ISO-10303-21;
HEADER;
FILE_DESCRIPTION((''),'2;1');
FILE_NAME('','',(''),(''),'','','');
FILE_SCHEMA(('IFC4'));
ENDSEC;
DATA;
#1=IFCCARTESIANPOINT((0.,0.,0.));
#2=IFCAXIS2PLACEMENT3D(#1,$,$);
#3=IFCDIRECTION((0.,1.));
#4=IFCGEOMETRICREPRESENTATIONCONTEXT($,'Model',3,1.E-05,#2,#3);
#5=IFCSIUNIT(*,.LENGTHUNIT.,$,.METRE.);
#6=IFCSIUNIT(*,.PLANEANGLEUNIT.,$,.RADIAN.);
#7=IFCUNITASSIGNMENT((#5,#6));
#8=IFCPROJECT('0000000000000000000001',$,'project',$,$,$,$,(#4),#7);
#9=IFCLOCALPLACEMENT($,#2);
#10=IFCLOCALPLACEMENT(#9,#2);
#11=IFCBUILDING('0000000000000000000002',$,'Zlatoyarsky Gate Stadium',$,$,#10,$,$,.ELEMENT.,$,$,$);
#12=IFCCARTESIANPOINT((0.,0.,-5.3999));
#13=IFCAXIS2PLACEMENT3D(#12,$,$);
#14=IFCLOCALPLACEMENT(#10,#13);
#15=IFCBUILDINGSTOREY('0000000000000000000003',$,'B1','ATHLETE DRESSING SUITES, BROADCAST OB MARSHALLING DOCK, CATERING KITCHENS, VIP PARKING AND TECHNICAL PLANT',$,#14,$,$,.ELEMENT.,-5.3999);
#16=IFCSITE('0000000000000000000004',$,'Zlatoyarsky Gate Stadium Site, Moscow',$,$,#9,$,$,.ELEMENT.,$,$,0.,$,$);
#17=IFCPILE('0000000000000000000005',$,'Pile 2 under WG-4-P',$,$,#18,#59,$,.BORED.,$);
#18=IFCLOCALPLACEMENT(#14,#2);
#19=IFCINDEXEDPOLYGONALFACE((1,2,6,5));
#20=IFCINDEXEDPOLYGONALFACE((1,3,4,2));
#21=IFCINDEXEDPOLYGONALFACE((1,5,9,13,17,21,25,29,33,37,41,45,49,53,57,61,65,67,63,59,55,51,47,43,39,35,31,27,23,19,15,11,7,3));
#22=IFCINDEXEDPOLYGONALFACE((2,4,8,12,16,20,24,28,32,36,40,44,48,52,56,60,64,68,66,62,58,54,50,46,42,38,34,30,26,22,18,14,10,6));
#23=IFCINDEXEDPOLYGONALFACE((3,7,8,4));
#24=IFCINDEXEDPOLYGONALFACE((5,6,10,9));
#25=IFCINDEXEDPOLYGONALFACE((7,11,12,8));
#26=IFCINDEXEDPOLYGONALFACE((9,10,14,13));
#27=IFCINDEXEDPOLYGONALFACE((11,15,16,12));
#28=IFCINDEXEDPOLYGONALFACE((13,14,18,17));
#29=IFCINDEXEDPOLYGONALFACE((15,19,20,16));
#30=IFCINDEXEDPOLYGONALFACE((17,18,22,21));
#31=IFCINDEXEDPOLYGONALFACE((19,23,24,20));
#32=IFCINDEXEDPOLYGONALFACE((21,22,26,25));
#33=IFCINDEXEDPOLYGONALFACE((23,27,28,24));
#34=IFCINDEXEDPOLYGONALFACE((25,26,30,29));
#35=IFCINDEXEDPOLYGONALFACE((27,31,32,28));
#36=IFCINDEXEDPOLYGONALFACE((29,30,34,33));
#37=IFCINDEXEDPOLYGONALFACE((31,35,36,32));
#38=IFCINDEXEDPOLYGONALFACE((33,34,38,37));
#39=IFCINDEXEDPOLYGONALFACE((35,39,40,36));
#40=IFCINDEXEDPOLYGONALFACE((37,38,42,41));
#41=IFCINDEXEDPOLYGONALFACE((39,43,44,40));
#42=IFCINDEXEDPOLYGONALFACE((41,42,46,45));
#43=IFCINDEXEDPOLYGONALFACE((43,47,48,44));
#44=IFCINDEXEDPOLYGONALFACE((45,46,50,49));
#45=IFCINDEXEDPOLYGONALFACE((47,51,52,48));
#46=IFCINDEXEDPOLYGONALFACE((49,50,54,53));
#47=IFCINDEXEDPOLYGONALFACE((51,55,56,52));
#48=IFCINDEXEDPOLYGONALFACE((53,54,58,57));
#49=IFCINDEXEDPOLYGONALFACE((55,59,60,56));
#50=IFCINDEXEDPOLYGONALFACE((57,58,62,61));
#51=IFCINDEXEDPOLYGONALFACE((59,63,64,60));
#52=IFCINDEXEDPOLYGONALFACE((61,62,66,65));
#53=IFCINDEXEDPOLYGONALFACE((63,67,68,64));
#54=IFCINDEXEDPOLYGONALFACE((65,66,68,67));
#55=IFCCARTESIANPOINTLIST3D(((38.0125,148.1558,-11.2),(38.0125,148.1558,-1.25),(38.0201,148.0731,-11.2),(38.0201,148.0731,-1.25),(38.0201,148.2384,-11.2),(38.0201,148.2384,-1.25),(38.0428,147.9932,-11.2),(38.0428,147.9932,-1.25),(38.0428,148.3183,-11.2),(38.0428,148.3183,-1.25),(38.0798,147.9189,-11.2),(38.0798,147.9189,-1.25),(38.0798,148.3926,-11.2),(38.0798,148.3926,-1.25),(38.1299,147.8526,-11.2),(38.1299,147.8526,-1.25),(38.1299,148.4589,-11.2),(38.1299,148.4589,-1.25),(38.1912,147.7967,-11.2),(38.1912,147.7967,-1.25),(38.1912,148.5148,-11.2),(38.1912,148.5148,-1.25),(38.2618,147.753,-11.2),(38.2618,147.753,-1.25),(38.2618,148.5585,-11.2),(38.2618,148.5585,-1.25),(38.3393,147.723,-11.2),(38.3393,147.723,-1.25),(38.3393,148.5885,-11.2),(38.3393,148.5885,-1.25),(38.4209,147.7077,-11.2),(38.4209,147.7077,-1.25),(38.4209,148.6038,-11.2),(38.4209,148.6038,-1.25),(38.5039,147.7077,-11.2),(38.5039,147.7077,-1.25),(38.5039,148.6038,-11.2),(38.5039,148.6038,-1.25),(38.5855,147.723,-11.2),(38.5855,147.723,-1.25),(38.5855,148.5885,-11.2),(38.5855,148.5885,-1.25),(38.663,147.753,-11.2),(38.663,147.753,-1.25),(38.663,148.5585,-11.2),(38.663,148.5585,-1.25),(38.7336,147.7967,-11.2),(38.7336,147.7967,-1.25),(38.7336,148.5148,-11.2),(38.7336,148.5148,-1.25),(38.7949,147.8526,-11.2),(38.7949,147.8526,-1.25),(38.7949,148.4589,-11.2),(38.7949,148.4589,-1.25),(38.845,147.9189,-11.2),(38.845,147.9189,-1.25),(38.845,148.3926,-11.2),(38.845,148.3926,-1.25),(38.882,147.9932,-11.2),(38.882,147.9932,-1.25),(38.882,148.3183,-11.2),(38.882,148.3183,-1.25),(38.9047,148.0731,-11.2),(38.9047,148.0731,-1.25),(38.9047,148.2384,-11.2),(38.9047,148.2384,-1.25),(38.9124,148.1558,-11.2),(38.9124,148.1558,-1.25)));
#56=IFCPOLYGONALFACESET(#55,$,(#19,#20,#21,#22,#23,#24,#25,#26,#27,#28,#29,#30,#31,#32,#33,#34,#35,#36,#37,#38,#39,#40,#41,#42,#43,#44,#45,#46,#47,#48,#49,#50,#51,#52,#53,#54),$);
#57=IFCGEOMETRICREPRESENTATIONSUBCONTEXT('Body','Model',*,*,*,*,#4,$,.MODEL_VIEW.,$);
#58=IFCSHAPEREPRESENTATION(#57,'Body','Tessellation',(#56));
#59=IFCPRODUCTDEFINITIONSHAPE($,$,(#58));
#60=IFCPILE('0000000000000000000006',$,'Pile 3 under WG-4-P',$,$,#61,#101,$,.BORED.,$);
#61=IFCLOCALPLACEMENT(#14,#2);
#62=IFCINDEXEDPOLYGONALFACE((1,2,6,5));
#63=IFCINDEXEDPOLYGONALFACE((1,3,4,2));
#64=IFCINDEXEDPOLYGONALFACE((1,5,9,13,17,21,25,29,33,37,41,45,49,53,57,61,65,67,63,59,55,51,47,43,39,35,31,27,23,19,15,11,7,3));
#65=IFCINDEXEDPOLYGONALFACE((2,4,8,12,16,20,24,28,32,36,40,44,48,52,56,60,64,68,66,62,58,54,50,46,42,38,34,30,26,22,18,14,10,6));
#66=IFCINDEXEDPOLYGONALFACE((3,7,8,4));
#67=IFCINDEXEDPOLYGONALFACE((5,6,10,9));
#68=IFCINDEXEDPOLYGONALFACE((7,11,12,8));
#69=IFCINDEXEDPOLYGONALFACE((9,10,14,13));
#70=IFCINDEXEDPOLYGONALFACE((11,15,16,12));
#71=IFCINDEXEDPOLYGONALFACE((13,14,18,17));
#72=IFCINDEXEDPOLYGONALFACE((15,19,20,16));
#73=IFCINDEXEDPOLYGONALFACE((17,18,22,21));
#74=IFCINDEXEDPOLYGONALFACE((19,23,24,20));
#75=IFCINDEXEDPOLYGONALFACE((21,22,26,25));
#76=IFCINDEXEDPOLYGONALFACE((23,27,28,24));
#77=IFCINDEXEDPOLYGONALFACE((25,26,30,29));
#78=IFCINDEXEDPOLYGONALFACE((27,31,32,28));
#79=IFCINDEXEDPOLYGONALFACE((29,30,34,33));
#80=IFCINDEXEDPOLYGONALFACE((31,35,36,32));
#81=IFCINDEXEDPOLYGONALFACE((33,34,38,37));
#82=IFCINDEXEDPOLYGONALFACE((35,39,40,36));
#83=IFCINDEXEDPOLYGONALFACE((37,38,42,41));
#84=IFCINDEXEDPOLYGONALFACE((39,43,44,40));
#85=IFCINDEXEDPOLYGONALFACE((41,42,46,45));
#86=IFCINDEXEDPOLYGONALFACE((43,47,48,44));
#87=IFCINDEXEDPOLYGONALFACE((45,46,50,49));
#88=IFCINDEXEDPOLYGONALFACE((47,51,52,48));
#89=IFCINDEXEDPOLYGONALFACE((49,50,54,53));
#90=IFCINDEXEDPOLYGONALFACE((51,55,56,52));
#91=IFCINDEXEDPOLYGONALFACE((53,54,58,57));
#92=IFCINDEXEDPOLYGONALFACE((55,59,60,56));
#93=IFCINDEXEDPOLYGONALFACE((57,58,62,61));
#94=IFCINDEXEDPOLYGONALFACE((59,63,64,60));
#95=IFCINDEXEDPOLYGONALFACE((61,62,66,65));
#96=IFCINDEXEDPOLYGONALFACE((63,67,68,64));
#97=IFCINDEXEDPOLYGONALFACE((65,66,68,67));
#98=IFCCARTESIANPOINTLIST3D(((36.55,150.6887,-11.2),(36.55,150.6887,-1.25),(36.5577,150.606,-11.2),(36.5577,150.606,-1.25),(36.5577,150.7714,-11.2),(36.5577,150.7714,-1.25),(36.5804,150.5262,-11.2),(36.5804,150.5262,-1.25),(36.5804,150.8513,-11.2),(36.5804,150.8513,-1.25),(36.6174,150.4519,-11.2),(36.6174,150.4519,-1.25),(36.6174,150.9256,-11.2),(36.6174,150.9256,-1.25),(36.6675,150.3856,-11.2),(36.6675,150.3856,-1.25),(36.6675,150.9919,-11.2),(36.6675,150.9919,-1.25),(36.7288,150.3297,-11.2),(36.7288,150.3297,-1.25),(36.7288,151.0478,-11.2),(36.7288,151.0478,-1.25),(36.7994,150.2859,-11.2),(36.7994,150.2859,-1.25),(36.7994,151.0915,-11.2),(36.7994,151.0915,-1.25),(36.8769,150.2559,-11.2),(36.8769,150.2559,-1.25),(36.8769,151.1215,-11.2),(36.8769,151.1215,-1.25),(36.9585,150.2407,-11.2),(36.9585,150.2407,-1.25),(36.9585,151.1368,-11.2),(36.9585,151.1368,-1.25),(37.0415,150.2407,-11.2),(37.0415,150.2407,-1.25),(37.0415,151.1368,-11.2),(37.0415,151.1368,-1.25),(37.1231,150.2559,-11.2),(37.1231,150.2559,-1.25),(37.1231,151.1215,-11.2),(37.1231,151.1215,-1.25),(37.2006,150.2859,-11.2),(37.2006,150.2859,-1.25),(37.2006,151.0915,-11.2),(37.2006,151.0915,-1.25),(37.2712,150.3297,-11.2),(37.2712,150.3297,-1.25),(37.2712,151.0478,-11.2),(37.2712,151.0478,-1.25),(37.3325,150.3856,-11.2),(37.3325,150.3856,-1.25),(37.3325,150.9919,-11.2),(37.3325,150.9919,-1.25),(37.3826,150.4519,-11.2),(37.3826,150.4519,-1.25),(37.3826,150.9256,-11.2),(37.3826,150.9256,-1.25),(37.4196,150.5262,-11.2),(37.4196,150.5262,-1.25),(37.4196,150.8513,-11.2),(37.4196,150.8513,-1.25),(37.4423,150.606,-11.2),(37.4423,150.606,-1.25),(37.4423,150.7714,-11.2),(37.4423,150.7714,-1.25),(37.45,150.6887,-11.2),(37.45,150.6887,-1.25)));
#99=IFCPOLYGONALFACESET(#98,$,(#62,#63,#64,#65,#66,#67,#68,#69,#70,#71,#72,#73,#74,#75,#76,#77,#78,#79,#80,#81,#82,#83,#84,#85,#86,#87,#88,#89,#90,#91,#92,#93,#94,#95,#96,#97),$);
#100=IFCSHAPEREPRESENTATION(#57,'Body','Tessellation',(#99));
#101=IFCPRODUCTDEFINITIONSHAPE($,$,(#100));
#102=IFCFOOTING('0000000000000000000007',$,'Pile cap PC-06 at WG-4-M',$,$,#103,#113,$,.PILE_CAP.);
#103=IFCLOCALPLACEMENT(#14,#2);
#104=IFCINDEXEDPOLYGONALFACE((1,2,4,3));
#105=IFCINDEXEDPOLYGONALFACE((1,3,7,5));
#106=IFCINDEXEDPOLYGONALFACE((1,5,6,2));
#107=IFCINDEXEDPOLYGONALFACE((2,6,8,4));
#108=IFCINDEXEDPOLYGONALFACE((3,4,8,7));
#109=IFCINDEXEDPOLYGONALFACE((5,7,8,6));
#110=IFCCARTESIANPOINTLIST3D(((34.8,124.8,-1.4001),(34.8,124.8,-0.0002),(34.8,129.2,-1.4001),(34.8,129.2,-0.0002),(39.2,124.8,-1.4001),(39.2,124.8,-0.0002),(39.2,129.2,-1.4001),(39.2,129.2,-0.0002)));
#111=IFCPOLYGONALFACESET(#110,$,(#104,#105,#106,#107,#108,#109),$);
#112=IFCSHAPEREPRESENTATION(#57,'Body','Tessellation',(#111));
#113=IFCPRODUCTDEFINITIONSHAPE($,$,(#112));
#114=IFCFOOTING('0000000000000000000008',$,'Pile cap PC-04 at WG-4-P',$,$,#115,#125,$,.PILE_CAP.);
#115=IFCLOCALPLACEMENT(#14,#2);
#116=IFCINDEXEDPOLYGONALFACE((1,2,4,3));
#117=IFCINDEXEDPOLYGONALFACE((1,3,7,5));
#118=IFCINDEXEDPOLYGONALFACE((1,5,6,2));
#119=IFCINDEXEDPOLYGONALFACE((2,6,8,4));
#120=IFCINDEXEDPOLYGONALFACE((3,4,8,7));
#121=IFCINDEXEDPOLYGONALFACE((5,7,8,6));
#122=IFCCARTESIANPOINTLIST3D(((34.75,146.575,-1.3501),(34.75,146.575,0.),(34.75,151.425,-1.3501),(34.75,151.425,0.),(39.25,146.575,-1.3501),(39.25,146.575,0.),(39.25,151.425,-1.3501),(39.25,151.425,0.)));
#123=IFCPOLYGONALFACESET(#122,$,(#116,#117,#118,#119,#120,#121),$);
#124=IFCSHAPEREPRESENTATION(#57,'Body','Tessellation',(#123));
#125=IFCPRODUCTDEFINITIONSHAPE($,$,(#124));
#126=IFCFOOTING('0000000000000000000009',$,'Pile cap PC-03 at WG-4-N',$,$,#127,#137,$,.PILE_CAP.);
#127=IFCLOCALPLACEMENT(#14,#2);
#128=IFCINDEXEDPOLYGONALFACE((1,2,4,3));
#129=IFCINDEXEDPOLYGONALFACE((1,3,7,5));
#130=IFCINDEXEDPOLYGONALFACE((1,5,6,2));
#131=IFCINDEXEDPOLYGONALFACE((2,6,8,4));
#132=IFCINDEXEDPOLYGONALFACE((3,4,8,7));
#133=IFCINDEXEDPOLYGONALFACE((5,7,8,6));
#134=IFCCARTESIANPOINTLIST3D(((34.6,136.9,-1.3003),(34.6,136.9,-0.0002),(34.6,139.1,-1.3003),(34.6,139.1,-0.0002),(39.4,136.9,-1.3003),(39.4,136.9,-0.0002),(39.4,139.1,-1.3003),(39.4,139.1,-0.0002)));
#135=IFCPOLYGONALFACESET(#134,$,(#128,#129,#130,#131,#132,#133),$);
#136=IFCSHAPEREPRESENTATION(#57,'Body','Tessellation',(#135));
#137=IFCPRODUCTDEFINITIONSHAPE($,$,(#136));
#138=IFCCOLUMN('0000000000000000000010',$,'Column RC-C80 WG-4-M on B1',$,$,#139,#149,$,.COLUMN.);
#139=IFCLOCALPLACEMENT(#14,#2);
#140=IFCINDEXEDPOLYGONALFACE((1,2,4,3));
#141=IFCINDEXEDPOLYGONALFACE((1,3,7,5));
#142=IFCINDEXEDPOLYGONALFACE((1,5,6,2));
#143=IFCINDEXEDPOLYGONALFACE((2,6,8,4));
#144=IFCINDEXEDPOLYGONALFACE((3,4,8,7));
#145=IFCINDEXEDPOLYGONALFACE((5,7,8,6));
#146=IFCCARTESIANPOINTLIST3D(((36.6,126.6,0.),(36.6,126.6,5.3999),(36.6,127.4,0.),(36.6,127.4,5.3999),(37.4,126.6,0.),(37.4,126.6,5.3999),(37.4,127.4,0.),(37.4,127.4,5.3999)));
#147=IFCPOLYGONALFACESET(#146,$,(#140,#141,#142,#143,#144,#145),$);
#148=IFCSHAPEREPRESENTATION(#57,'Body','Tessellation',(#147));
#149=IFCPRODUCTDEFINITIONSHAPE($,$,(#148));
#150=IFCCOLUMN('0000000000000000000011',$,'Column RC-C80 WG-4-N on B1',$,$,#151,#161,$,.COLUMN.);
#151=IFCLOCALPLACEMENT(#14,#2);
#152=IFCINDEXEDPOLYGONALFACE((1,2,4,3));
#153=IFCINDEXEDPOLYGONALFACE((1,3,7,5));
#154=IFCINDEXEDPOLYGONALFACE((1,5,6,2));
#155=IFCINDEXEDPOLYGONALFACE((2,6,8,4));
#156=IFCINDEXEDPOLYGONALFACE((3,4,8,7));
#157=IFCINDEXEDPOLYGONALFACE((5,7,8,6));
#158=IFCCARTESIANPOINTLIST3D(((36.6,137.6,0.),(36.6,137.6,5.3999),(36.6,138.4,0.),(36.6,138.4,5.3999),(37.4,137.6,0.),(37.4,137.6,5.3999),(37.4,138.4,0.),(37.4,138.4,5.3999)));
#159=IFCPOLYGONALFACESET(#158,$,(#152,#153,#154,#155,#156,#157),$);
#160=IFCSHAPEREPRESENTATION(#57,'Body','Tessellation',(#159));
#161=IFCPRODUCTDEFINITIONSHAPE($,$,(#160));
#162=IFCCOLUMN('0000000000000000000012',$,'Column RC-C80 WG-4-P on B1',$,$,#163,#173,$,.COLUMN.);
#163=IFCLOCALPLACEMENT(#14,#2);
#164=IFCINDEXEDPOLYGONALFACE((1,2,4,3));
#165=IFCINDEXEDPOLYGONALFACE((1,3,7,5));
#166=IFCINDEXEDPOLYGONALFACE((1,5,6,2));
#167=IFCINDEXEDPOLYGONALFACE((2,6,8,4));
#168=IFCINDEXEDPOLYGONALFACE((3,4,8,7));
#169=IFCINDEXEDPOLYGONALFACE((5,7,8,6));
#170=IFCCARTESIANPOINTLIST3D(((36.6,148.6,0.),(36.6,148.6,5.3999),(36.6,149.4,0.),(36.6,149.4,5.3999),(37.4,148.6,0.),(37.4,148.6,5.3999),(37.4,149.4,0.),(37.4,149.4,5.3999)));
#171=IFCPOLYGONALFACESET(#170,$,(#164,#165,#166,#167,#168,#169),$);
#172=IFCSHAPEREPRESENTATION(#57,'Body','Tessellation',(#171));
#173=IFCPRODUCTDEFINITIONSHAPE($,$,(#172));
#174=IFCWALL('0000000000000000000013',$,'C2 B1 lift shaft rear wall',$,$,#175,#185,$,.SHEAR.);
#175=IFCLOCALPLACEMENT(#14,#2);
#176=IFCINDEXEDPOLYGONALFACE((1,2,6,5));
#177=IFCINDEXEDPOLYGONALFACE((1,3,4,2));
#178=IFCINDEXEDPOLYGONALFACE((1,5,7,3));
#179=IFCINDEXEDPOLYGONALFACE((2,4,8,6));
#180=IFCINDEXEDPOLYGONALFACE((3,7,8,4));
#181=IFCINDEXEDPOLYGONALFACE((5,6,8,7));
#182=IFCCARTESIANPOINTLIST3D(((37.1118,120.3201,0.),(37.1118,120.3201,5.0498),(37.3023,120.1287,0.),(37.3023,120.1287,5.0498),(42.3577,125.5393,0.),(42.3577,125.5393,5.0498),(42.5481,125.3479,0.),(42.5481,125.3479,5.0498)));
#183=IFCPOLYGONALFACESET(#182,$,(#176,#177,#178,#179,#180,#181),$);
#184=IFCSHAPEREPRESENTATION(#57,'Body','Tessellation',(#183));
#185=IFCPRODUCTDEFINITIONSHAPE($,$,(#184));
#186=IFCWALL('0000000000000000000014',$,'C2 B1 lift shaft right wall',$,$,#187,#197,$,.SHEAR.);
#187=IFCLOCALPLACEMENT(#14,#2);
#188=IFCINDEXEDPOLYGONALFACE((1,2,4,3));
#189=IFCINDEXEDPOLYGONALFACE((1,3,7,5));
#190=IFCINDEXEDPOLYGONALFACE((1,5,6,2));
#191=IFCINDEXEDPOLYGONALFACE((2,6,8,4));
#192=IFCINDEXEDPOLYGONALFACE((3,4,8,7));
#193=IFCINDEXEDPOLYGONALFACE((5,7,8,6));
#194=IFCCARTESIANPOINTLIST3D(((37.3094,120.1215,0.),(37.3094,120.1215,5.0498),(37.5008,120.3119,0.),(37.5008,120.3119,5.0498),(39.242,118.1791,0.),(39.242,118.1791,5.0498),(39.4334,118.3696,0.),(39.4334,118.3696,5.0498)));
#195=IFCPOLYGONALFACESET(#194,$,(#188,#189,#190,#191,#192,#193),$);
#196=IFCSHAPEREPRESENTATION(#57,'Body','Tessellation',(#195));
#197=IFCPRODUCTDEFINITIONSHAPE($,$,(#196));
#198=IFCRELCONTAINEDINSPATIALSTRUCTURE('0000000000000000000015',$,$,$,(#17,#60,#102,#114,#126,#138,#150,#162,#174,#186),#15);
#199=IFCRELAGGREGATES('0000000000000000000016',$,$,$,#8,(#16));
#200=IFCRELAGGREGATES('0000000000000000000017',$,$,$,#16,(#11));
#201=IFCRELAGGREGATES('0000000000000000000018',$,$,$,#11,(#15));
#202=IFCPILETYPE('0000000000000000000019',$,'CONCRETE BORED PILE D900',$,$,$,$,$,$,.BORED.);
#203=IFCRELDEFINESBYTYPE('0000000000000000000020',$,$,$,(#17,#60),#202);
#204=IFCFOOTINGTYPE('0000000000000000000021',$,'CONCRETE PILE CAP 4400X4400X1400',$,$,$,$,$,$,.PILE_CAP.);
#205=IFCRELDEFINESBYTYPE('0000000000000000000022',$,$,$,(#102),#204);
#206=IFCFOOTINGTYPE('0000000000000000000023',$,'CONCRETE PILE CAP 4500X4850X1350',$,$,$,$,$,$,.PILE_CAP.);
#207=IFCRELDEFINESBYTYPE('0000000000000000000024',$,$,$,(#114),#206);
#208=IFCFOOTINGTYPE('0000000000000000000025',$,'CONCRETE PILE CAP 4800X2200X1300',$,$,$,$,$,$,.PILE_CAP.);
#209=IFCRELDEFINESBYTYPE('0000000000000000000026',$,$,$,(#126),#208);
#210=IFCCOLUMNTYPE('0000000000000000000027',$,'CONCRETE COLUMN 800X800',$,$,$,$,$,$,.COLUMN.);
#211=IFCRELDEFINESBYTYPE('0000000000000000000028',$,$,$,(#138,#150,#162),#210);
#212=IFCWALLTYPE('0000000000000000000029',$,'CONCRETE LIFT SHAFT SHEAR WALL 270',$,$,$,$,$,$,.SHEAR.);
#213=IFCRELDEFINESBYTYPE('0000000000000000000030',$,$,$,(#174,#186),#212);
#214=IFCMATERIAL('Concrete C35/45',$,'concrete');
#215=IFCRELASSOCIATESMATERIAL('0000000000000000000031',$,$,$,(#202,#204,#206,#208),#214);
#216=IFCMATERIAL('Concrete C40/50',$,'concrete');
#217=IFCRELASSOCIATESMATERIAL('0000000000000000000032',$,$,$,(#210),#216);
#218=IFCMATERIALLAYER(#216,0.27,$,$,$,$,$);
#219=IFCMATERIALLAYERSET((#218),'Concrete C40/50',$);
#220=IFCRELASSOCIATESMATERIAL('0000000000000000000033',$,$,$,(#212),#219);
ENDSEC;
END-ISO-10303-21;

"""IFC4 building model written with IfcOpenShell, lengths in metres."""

from ifc_helpers import new_model, si_unit, direction, frame, frame_2d, origin, origin_2d, place, context, subcontext, project, spatial, rectangle, circle, extrude, material, layer, layer_set, material_profile, profile_set, type_object, element, save


model = new_model("IFC4")

# Units and contexts
model_context = context("Model", 3, precision=1e-05, world=origin(), true_north=direction((0.0, 1.0)))
body_context = subcontext(model_context, "Body", "Model", "MODEL_VIEW")
ifc_project = project(units=[si_unit("LENGTHUNIT", "METRE"), si_unit("PLANEANGLEUNIT", "RADIAN")], contexts=[model_context])

# Site, building, storey
site_placement = place(None, origin())
site = spatial("IfcSite", under=ifc_project, at=site_placement, Name="Zlatoyarsky Gate Stadium Site, Moscow", CompositionType="ELEMENT", RefElevation=0.0)
building_placement = place(site_placement, origin())
building = spatial("IfcBuilding", under=site, at=building_placement, Name="Zlatoyarsky Gate Stadium", CompositionType="ELEMENT")
storey_placement = place(building_placement, frame((0.0, 0.0, -5.3999)))
storey = spatial("IfcBuildingStorey", under=building, at=storey_placement, Name="B1", Description="ATHLETE DRESSING SUITES, BROADCAST OB MARSHALLING DOCK, CATERING KITCHENS, VIP PARKING AND TECHNICAL PLANT", CompositionType="ELEMENT", Elevation=-5.3999)

# Piles
ifc_material_1 = material(Name="Concrete C35/45", Category="concrete")
ifc_material_profile_1 = material_profile(ifc_material_1, circle(Radius=0.45, at=origin_2d()), Name="BORED PILE D900")
ifc_profile_set_1 = profile_set([ifc_material_profile_1], Name="Concrete C35/45")
pile_type_1 = type_object("IfcPileType", Name="CONCRETE BORED PILE D900", PredefinedType="BORED", material=ifc_profile_set_1)
for number, where, z_axis, x_axis, name in (
    (1, (38.4624, 148.1558, -1.25), (0.0, 0.0, -1.0), (1.0, 0.0, 0.0), "Pile 2 under WG-4-P"),
    (2, (37.0, 150.6887, -1.25), (0.0, 0.0, -1.0), (1.0, 0.0, 0.0), "Pile 3 under WG-4-P"),
):
    element("IfcPile", number, at=place(storey_placement, frame(where, z_axis=z_axis, x_axis=x_axis)), inside=storey, type_object=pile_type_1, Name=name, PredefinedType="BORED", context=body_context, shape_type="SweptSolid", body=[
        extrude(circle(Radius=0.45, at=origin_2d()), origin(), (0.0, 0.0, 1.0), 9.95),
    ])

# Footings
footing_type_1 = type_object("IfcFootingType", Name="CONCRETE PILE CAP 4400X4400X1400", PredefinedType="PILE_CAP", material=ifc_material_1)
footing_1_placement = place(storey_placement, frame((37.0, 127.0, -1.4001), z_axis=(0.0, 0.0, 1.0), x_axis=(1.0, 0.0, 0.0)))
element("IfcFooting", 3, at=footing_1_placement, inside=storey, type_object=footing_type_1, Name="Pile cap PC-06 at WG-4-M", PredefinedType="PILE_CAP", context=body_context, shape_type="SweptSolid", body=[
    extrude(rectangle(XDim=4.3999, YDim=4.3999, at=origin_2d()), origin(), (0.0, 0.0, 1.0), 1.3999),
])
footing_type_2 = type_object("IfcFootingType", Name="CONCRETE PILE CAP 4500X4850X1350", PredefinedType="PILE_CAP", material=ifc_material_1)
footing_2_placement = place(storey_placement, frame((37.0, 149.0, -1.3501), z_axis=(0.0, 0.0, 1.0), x_axis=(1.0, 0.0, 0.0)))
element("IfcFooting", 4, at=footing_2_placement, inside=storey, type_object=footing_type_2, Name="Pile cap PC-04 at WG-4-P", PredefinedType="PILE_CAP", context=body_context, shape_type="SweptSolid", body=[
    extrude(rectangle(XDim=4.5, YDim=4.8501, at=origin_2d()), origin(), (0.0, 0.0, 1.0), 1.3501),
])
footing_type_3 = type_object("IfcFootingType", Name="CONCRETE PILE CAP 4800X2200X1300", PredefinedType="PILE_CAP", material=ifc_material_1)
footing_3_placement = place(storey_placement, frame((37.0, 138.0, -1.3003), z_axis=(0.0, 0.0, 1.0), x_axis=(1.0, 0.0, 0.0)))
element("IfcFooting", 5, at=footing_3_placement, inside=storey, type_object=footing_type_3, Name="Pile cap PC-03 at WG-4-N", PredefinedType="PILE_CAP", context=body_context, shape_type="SweptSolid", body=[
    extrude(rectangle(XDim=4.8, YDim=2.2, at=origin_2d()), origin(), (0.0, 0.0, 1.0), 1.3),
])

# Columns
ifc_material_2 = material(Name="Concrete C40/50", Category="concrete")
ifc_material_profile_2 = material_profile(ifc_material_2, rectangle(XDim=0.8, YDim=0.8, at=origin_2d()), Name="RC COL 800X800")
ifc_profile_set_2 = profile_set([ifc_material_profile_2], Name="Concrete C40/50")
column_type = type_object("IfcColumnType", Name="CONCRETE COLUMN 800X800", PredefinedType="COLUMN", material=ifc_profile_set_2)
for number, where, z_axis, x_axis, name in (
    (6, (37.0, 127.0, 0.0), (0.0, 0.0, 1.0), (1.0, 0.0, 0.0), "Column RC-C80 WG-4-M on B1"),
    (7, (37.0, 138.0, 0.0), (0.0, 0.0, 1.0), (1.0, 0.0, 0.0), "Column RC-C80 WG-4-N on B1"),
    (8, (37.0, 149.0, 0.0), (0.0, 0.0, 1.0), (1.0, 0.0, 0.0), "Column RC-C80 WG-4-P on B1"),
):
    element("IfcColumn", number, at=place(storey_placement, frame(where, z_axis=z_axis, x_axis=x_axis)), inside=storey, type_object=column_type, Name=name, PredefinedType="COLUMN", context=body_context, shape_type="SweptSolid", body=[
        extrude(rectangle(XDim=0.8, YDim=0.8, at=origin_2d()), origin(), (0.0, 0.0, 1.0), 5.3999),
    ])

# Walls
ifc_layer_1 = layer(ifc_material_2, 0.27)
ifc_layer_set_1 = layer_set([ifc_layer_1], Name="Concrete C40/50")
wall_type_1 = type_object("IfcWallType", Name="CONCRETE LIFT SHAFT SHEAR WALL 270", PredefinedType="SHEAR", material=ifc_layer_set_1)
wall_1_placement = place(storey_placement, frame((42.4529, 125.4436, 0.0), z_axis=(0.0, 0.0, 1.0), x_axis=(-0.708903, -0.705306, 0.0)))
element("IfcWall", 9, at=wall_1_placement, inside=storey, type_object=wall_type_1, Name="C2 B1 lift shaft rear wall", PredefinedType="SHEAR", context=body_context, shape_type="SweptSolid", body=[
    extrude(rectangle(XDim=7.3999, YDim=0.27, at=frame_2d((3.7, 0.0))), origin(), (0.0, 0.0, 1.0), 5.0498),
])
for number, where, z_axis, x_axis, name in (
    (10, (37.405, 120.2168, 0.0), (0.0, 0.0, 1.0), (0.705323, -0.708887, 0.0), "C2 B1 lift shaft right wall"),
):
    element("IfcWall", number, at=place(storey_placement, frame(where, z_axis=z_axis, x_axis=x_axis)), inside=storey, type_object=wall_type_1, Name=name, PredefinedType="SHEAR", context=body_context, shape_type="SweptSolid", body=[
        extrude(rectangle(XDim=2.74, YDim=0.27, at=frame_2d((1.3701, 0.0))), origin(), (0.0, 0.0, 1.0), 5.0498),
    ])

save(model, "model.ifc")
